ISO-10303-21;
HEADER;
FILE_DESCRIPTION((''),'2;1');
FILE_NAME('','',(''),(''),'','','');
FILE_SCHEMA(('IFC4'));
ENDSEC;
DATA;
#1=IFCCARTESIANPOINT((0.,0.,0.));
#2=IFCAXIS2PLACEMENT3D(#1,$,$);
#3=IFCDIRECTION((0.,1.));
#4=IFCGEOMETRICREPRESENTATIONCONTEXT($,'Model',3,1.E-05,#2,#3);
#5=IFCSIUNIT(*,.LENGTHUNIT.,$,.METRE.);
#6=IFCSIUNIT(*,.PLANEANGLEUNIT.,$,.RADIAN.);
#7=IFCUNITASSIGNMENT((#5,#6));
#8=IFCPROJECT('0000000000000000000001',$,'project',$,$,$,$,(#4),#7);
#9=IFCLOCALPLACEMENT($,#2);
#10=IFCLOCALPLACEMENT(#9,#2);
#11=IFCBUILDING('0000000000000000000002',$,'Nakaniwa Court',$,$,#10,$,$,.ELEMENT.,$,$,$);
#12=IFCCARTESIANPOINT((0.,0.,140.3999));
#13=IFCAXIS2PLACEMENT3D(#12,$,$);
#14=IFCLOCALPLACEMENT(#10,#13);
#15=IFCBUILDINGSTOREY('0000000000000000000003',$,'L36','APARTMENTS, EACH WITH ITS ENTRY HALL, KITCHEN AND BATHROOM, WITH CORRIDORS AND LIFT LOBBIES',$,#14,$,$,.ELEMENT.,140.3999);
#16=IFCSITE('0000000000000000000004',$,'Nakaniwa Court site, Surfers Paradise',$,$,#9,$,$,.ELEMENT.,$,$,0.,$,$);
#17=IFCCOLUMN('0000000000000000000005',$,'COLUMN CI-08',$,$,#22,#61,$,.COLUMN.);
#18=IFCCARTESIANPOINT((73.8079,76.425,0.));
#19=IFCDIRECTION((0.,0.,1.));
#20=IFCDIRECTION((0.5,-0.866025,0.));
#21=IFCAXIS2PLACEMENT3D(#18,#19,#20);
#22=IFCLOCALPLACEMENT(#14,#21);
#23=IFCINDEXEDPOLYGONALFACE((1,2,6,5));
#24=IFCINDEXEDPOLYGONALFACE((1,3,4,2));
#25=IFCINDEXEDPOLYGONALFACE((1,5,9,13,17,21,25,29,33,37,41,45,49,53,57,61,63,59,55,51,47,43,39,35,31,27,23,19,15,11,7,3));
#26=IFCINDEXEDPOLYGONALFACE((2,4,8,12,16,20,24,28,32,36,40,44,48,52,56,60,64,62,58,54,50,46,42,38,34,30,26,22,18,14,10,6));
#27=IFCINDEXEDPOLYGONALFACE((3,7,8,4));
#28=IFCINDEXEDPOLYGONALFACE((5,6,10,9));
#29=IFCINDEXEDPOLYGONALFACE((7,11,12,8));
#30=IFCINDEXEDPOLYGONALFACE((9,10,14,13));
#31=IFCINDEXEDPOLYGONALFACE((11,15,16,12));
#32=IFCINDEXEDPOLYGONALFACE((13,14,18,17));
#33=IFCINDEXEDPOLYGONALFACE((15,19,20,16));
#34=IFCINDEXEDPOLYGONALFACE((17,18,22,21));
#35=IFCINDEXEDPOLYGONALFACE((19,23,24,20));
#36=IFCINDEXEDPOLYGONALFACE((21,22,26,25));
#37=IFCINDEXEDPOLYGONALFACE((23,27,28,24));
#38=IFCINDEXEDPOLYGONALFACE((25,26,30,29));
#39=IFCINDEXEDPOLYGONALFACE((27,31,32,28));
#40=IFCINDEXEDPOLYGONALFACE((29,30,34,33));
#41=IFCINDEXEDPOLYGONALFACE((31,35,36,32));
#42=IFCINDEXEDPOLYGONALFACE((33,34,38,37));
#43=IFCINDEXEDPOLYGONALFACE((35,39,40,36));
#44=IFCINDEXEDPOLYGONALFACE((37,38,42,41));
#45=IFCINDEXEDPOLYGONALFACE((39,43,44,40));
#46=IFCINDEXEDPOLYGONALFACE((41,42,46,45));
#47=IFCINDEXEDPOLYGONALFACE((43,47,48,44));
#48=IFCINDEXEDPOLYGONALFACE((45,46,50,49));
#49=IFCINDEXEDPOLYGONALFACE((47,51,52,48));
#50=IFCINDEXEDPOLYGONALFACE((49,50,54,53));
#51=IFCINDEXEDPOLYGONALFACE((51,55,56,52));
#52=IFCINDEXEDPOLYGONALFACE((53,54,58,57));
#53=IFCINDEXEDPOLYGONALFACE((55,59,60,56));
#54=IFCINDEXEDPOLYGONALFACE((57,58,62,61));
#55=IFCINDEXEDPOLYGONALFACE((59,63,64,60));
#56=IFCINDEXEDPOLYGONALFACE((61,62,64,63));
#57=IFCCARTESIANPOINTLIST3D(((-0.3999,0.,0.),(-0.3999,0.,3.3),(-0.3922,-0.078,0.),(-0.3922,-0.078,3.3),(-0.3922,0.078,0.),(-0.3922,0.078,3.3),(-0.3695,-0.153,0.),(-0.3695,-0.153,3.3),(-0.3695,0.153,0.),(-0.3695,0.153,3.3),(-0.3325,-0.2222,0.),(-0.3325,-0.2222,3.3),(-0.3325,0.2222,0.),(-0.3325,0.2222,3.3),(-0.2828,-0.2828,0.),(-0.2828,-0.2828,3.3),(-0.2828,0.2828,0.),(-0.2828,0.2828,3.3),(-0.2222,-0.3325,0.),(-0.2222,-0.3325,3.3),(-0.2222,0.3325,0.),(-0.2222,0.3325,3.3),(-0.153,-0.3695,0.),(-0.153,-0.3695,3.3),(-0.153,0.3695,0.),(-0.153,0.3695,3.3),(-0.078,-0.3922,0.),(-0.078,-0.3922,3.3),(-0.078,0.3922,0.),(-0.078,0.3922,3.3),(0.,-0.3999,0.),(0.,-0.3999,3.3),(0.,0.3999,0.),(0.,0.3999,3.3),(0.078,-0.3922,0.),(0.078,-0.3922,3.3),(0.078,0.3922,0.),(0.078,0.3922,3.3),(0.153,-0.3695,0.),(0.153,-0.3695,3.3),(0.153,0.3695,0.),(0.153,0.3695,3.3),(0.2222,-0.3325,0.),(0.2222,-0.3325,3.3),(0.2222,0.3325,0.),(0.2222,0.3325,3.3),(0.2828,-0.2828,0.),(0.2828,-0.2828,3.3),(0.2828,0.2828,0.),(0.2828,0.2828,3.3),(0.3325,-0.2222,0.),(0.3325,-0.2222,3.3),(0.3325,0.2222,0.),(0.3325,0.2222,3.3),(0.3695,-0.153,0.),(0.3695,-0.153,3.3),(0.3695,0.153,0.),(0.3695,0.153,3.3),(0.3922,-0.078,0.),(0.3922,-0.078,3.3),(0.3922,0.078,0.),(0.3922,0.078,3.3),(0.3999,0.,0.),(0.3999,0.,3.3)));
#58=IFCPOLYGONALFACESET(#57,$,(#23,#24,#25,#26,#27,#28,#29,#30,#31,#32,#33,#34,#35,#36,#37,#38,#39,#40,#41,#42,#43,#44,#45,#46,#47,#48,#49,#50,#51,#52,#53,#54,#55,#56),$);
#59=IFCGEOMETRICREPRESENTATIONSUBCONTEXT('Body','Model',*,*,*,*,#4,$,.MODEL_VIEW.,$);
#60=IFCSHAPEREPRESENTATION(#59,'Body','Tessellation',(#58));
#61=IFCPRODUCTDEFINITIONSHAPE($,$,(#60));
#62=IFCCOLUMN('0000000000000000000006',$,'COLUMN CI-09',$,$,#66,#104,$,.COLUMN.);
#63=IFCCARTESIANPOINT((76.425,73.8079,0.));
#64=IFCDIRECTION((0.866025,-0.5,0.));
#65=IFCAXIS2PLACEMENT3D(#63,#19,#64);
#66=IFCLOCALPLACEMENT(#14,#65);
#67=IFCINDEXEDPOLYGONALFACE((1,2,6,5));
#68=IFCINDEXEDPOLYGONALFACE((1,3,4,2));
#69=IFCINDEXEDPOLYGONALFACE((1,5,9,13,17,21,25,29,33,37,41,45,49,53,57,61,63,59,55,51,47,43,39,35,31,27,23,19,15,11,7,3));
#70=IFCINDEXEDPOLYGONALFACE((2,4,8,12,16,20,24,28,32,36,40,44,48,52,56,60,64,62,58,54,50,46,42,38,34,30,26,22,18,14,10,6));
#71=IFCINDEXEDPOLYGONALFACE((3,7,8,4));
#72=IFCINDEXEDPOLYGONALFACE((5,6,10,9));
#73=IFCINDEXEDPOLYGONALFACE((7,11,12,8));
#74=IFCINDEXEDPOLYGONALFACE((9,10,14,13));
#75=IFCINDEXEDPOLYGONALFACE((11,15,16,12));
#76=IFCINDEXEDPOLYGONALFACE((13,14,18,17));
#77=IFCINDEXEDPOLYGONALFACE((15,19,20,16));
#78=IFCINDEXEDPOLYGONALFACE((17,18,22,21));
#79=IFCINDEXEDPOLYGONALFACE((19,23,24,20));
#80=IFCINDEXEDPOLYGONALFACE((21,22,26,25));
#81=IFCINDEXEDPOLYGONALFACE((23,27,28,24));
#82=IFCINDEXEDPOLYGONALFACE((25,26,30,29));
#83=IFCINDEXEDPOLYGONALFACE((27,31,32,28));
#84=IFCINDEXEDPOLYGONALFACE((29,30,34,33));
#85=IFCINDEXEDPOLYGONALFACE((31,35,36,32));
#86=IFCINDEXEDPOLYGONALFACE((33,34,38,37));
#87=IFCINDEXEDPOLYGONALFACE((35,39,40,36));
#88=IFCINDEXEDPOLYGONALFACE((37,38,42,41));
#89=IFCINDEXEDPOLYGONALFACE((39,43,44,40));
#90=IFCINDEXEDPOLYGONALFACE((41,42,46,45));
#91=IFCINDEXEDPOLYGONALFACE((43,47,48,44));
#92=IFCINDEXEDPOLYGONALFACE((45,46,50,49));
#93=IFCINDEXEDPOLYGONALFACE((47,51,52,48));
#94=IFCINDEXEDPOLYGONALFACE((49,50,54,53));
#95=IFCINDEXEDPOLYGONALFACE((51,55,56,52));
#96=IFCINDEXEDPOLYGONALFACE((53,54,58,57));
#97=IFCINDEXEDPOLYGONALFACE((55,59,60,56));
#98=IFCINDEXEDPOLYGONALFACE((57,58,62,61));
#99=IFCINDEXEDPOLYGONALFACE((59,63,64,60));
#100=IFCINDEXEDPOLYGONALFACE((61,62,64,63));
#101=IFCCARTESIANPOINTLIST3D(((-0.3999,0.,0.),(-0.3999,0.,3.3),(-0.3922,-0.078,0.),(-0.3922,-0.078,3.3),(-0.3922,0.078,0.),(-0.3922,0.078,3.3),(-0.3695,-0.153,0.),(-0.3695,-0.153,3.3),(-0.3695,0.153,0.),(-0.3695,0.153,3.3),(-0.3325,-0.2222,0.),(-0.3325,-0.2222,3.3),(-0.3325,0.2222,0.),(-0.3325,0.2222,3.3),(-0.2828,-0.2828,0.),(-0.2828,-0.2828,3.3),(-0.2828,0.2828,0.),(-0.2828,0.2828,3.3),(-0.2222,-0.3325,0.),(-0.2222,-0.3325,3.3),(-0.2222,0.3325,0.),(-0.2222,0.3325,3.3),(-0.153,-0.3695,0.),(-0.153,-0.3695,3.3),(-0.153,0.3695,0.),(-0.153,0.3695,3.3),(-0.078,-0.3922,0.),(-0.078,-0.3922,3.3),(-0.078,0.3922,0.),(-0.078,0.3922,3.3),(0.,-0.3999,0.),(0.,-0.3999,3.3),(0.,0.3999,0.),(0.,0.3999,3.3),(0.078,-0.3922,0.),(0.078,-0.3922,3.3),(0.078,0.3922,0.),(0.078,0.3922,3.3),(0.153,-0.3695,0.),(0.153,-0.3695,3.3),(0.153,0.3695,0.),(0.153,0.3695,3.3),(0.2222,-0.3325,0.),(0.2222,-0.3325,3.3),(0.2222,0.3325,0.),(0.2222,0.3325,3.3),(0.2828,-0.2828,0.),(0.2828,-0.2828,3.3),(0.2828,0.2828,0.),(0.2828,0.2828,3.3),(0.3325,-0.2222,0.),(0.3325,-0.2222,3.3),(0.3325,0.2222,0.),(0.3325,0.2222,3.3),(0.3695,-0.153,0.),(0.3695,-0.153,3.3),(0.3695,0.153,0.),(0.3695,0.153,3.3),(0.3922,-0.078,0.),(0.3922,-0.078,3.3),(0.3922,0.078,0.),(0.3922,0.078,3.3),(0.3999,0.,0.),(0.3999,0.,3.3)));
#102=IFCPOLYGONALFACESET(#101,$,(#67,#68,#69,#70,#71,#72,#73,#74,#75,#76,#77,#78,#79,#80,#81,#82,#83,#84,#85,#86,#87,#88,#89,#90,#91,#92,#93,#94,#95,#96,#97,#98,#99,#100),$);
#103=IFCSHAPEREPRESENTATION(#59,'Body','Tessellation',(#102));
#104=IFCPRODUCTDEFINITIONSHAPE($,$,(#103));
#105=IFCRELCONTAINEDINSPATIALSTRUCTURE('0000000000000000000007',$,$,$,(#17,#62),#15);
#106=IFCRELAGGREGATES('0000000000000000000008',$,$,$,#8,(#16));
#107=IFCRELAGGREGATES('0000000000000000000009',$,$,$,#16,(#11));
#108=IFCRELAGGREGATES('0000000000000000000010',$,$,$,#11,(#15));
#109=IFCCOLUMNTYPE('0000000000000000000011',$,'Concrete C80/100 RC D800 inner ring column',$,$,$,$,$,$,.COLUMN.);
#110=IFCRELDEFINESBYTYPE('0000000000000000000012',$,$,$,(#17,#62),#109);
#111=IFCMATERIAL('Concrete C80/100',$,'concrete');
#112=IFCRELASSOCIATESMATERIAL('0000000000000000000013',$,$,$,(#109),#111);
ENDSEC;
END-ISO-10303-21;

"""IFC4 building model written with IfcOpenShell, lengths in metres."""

from ifc_helpers import new_model, si_unit, direction, frame, origin, origin_2d, place, context, subcontext, project, spatial, circle, extrude, material, material_profile, profile_set, type_object, element, save


model = new_model("IFC4")

# Units and contexts
model_context = context("Model", 3, precision=1e-05, world=origin(), true_north=direction((0.0, 1.0)))
body_context = subcontext(model_context, "Body", "Model", "MODEL_VIEW")
ifc_project = project(units=[si_unit("LENGTHUNIT", "METRE"), si_unit("PLANEANGLEUNIT", "RADIAN")], contexts=[model_context])

# Site, building, storey
site_placement = place(None, origin())
site = spatial("IfcSite", under=ifc_project, at=site_placement, Name="Nakaniwa Court site, Surfers Paradise", CompositionType="ELEMENT", RefElevation=0.0)
building_placement = place(site_placement, origin())
building = spatial("IfcBuilding", under=site, at=building_placement, Name="Nakaniwa Court", CompositionType="ELEMENT")
storey_placement = place(building_placement, frame((0.0, 0.0, 140.3999)))
storey = spatial("IfcBuildingStorey", under=building, at=storey_placement, Name="L36", Description="APARTMENTS, EACH WITH ITS ENTRY HALL, KITCHEN AND BATHROOM, WITH CORRIDORS AND LIFT LOBBIES", CompositionType="ELEMENT", Elevation=140.3999)

# Columns
ifc_material_1 = material(Name="Concrete C80/100", Category="concrete")
ifc_material_profile_1 = material_profile(ifc_material_1, circle(Radius=0.3999, at=origin_2d()), Name="Concrete C80/100 RC D800 inner ring column")
ifc_profile_set_1 = profile_set([ifc_material_profile_1], Name="Concrete C80/100")
column_type_1 = type_object("IfcColumnType", Name="Concrete C80/100 RC D800 inner ring column", PredefinedType="COLUMN", material=ifc_profile_set_1)
for number, where, z_axis, x_axis, name in (
    (1, (73.8079, 76.425, 0.0), (0.0, 0.0, 1.0), (0.5, -0.866025, 0.0), "COLUMN CI-08"),
    (2, (76.425, 73.8079, 0.0), (0.0, 0.0, 1.0), (0.866025, -0.5, 0.0), "COLUMN CI-09"),
):
    element("IfcColumn", number, at=place(storey_placement, frame(where, z_axis=z_axis, x_axis=x_axis)), inside=storey, type_object=column_type_1, Name=name, PredefinedType="COLUMN", context=body_context, shape_type="SweptSolid", body=[
        extrude(circle(Radius=0.3999, at=origin_2d()), origin(), (0.0, 0.0, 1.0), 3.3),
    ])

save(model, "model.ifc")
